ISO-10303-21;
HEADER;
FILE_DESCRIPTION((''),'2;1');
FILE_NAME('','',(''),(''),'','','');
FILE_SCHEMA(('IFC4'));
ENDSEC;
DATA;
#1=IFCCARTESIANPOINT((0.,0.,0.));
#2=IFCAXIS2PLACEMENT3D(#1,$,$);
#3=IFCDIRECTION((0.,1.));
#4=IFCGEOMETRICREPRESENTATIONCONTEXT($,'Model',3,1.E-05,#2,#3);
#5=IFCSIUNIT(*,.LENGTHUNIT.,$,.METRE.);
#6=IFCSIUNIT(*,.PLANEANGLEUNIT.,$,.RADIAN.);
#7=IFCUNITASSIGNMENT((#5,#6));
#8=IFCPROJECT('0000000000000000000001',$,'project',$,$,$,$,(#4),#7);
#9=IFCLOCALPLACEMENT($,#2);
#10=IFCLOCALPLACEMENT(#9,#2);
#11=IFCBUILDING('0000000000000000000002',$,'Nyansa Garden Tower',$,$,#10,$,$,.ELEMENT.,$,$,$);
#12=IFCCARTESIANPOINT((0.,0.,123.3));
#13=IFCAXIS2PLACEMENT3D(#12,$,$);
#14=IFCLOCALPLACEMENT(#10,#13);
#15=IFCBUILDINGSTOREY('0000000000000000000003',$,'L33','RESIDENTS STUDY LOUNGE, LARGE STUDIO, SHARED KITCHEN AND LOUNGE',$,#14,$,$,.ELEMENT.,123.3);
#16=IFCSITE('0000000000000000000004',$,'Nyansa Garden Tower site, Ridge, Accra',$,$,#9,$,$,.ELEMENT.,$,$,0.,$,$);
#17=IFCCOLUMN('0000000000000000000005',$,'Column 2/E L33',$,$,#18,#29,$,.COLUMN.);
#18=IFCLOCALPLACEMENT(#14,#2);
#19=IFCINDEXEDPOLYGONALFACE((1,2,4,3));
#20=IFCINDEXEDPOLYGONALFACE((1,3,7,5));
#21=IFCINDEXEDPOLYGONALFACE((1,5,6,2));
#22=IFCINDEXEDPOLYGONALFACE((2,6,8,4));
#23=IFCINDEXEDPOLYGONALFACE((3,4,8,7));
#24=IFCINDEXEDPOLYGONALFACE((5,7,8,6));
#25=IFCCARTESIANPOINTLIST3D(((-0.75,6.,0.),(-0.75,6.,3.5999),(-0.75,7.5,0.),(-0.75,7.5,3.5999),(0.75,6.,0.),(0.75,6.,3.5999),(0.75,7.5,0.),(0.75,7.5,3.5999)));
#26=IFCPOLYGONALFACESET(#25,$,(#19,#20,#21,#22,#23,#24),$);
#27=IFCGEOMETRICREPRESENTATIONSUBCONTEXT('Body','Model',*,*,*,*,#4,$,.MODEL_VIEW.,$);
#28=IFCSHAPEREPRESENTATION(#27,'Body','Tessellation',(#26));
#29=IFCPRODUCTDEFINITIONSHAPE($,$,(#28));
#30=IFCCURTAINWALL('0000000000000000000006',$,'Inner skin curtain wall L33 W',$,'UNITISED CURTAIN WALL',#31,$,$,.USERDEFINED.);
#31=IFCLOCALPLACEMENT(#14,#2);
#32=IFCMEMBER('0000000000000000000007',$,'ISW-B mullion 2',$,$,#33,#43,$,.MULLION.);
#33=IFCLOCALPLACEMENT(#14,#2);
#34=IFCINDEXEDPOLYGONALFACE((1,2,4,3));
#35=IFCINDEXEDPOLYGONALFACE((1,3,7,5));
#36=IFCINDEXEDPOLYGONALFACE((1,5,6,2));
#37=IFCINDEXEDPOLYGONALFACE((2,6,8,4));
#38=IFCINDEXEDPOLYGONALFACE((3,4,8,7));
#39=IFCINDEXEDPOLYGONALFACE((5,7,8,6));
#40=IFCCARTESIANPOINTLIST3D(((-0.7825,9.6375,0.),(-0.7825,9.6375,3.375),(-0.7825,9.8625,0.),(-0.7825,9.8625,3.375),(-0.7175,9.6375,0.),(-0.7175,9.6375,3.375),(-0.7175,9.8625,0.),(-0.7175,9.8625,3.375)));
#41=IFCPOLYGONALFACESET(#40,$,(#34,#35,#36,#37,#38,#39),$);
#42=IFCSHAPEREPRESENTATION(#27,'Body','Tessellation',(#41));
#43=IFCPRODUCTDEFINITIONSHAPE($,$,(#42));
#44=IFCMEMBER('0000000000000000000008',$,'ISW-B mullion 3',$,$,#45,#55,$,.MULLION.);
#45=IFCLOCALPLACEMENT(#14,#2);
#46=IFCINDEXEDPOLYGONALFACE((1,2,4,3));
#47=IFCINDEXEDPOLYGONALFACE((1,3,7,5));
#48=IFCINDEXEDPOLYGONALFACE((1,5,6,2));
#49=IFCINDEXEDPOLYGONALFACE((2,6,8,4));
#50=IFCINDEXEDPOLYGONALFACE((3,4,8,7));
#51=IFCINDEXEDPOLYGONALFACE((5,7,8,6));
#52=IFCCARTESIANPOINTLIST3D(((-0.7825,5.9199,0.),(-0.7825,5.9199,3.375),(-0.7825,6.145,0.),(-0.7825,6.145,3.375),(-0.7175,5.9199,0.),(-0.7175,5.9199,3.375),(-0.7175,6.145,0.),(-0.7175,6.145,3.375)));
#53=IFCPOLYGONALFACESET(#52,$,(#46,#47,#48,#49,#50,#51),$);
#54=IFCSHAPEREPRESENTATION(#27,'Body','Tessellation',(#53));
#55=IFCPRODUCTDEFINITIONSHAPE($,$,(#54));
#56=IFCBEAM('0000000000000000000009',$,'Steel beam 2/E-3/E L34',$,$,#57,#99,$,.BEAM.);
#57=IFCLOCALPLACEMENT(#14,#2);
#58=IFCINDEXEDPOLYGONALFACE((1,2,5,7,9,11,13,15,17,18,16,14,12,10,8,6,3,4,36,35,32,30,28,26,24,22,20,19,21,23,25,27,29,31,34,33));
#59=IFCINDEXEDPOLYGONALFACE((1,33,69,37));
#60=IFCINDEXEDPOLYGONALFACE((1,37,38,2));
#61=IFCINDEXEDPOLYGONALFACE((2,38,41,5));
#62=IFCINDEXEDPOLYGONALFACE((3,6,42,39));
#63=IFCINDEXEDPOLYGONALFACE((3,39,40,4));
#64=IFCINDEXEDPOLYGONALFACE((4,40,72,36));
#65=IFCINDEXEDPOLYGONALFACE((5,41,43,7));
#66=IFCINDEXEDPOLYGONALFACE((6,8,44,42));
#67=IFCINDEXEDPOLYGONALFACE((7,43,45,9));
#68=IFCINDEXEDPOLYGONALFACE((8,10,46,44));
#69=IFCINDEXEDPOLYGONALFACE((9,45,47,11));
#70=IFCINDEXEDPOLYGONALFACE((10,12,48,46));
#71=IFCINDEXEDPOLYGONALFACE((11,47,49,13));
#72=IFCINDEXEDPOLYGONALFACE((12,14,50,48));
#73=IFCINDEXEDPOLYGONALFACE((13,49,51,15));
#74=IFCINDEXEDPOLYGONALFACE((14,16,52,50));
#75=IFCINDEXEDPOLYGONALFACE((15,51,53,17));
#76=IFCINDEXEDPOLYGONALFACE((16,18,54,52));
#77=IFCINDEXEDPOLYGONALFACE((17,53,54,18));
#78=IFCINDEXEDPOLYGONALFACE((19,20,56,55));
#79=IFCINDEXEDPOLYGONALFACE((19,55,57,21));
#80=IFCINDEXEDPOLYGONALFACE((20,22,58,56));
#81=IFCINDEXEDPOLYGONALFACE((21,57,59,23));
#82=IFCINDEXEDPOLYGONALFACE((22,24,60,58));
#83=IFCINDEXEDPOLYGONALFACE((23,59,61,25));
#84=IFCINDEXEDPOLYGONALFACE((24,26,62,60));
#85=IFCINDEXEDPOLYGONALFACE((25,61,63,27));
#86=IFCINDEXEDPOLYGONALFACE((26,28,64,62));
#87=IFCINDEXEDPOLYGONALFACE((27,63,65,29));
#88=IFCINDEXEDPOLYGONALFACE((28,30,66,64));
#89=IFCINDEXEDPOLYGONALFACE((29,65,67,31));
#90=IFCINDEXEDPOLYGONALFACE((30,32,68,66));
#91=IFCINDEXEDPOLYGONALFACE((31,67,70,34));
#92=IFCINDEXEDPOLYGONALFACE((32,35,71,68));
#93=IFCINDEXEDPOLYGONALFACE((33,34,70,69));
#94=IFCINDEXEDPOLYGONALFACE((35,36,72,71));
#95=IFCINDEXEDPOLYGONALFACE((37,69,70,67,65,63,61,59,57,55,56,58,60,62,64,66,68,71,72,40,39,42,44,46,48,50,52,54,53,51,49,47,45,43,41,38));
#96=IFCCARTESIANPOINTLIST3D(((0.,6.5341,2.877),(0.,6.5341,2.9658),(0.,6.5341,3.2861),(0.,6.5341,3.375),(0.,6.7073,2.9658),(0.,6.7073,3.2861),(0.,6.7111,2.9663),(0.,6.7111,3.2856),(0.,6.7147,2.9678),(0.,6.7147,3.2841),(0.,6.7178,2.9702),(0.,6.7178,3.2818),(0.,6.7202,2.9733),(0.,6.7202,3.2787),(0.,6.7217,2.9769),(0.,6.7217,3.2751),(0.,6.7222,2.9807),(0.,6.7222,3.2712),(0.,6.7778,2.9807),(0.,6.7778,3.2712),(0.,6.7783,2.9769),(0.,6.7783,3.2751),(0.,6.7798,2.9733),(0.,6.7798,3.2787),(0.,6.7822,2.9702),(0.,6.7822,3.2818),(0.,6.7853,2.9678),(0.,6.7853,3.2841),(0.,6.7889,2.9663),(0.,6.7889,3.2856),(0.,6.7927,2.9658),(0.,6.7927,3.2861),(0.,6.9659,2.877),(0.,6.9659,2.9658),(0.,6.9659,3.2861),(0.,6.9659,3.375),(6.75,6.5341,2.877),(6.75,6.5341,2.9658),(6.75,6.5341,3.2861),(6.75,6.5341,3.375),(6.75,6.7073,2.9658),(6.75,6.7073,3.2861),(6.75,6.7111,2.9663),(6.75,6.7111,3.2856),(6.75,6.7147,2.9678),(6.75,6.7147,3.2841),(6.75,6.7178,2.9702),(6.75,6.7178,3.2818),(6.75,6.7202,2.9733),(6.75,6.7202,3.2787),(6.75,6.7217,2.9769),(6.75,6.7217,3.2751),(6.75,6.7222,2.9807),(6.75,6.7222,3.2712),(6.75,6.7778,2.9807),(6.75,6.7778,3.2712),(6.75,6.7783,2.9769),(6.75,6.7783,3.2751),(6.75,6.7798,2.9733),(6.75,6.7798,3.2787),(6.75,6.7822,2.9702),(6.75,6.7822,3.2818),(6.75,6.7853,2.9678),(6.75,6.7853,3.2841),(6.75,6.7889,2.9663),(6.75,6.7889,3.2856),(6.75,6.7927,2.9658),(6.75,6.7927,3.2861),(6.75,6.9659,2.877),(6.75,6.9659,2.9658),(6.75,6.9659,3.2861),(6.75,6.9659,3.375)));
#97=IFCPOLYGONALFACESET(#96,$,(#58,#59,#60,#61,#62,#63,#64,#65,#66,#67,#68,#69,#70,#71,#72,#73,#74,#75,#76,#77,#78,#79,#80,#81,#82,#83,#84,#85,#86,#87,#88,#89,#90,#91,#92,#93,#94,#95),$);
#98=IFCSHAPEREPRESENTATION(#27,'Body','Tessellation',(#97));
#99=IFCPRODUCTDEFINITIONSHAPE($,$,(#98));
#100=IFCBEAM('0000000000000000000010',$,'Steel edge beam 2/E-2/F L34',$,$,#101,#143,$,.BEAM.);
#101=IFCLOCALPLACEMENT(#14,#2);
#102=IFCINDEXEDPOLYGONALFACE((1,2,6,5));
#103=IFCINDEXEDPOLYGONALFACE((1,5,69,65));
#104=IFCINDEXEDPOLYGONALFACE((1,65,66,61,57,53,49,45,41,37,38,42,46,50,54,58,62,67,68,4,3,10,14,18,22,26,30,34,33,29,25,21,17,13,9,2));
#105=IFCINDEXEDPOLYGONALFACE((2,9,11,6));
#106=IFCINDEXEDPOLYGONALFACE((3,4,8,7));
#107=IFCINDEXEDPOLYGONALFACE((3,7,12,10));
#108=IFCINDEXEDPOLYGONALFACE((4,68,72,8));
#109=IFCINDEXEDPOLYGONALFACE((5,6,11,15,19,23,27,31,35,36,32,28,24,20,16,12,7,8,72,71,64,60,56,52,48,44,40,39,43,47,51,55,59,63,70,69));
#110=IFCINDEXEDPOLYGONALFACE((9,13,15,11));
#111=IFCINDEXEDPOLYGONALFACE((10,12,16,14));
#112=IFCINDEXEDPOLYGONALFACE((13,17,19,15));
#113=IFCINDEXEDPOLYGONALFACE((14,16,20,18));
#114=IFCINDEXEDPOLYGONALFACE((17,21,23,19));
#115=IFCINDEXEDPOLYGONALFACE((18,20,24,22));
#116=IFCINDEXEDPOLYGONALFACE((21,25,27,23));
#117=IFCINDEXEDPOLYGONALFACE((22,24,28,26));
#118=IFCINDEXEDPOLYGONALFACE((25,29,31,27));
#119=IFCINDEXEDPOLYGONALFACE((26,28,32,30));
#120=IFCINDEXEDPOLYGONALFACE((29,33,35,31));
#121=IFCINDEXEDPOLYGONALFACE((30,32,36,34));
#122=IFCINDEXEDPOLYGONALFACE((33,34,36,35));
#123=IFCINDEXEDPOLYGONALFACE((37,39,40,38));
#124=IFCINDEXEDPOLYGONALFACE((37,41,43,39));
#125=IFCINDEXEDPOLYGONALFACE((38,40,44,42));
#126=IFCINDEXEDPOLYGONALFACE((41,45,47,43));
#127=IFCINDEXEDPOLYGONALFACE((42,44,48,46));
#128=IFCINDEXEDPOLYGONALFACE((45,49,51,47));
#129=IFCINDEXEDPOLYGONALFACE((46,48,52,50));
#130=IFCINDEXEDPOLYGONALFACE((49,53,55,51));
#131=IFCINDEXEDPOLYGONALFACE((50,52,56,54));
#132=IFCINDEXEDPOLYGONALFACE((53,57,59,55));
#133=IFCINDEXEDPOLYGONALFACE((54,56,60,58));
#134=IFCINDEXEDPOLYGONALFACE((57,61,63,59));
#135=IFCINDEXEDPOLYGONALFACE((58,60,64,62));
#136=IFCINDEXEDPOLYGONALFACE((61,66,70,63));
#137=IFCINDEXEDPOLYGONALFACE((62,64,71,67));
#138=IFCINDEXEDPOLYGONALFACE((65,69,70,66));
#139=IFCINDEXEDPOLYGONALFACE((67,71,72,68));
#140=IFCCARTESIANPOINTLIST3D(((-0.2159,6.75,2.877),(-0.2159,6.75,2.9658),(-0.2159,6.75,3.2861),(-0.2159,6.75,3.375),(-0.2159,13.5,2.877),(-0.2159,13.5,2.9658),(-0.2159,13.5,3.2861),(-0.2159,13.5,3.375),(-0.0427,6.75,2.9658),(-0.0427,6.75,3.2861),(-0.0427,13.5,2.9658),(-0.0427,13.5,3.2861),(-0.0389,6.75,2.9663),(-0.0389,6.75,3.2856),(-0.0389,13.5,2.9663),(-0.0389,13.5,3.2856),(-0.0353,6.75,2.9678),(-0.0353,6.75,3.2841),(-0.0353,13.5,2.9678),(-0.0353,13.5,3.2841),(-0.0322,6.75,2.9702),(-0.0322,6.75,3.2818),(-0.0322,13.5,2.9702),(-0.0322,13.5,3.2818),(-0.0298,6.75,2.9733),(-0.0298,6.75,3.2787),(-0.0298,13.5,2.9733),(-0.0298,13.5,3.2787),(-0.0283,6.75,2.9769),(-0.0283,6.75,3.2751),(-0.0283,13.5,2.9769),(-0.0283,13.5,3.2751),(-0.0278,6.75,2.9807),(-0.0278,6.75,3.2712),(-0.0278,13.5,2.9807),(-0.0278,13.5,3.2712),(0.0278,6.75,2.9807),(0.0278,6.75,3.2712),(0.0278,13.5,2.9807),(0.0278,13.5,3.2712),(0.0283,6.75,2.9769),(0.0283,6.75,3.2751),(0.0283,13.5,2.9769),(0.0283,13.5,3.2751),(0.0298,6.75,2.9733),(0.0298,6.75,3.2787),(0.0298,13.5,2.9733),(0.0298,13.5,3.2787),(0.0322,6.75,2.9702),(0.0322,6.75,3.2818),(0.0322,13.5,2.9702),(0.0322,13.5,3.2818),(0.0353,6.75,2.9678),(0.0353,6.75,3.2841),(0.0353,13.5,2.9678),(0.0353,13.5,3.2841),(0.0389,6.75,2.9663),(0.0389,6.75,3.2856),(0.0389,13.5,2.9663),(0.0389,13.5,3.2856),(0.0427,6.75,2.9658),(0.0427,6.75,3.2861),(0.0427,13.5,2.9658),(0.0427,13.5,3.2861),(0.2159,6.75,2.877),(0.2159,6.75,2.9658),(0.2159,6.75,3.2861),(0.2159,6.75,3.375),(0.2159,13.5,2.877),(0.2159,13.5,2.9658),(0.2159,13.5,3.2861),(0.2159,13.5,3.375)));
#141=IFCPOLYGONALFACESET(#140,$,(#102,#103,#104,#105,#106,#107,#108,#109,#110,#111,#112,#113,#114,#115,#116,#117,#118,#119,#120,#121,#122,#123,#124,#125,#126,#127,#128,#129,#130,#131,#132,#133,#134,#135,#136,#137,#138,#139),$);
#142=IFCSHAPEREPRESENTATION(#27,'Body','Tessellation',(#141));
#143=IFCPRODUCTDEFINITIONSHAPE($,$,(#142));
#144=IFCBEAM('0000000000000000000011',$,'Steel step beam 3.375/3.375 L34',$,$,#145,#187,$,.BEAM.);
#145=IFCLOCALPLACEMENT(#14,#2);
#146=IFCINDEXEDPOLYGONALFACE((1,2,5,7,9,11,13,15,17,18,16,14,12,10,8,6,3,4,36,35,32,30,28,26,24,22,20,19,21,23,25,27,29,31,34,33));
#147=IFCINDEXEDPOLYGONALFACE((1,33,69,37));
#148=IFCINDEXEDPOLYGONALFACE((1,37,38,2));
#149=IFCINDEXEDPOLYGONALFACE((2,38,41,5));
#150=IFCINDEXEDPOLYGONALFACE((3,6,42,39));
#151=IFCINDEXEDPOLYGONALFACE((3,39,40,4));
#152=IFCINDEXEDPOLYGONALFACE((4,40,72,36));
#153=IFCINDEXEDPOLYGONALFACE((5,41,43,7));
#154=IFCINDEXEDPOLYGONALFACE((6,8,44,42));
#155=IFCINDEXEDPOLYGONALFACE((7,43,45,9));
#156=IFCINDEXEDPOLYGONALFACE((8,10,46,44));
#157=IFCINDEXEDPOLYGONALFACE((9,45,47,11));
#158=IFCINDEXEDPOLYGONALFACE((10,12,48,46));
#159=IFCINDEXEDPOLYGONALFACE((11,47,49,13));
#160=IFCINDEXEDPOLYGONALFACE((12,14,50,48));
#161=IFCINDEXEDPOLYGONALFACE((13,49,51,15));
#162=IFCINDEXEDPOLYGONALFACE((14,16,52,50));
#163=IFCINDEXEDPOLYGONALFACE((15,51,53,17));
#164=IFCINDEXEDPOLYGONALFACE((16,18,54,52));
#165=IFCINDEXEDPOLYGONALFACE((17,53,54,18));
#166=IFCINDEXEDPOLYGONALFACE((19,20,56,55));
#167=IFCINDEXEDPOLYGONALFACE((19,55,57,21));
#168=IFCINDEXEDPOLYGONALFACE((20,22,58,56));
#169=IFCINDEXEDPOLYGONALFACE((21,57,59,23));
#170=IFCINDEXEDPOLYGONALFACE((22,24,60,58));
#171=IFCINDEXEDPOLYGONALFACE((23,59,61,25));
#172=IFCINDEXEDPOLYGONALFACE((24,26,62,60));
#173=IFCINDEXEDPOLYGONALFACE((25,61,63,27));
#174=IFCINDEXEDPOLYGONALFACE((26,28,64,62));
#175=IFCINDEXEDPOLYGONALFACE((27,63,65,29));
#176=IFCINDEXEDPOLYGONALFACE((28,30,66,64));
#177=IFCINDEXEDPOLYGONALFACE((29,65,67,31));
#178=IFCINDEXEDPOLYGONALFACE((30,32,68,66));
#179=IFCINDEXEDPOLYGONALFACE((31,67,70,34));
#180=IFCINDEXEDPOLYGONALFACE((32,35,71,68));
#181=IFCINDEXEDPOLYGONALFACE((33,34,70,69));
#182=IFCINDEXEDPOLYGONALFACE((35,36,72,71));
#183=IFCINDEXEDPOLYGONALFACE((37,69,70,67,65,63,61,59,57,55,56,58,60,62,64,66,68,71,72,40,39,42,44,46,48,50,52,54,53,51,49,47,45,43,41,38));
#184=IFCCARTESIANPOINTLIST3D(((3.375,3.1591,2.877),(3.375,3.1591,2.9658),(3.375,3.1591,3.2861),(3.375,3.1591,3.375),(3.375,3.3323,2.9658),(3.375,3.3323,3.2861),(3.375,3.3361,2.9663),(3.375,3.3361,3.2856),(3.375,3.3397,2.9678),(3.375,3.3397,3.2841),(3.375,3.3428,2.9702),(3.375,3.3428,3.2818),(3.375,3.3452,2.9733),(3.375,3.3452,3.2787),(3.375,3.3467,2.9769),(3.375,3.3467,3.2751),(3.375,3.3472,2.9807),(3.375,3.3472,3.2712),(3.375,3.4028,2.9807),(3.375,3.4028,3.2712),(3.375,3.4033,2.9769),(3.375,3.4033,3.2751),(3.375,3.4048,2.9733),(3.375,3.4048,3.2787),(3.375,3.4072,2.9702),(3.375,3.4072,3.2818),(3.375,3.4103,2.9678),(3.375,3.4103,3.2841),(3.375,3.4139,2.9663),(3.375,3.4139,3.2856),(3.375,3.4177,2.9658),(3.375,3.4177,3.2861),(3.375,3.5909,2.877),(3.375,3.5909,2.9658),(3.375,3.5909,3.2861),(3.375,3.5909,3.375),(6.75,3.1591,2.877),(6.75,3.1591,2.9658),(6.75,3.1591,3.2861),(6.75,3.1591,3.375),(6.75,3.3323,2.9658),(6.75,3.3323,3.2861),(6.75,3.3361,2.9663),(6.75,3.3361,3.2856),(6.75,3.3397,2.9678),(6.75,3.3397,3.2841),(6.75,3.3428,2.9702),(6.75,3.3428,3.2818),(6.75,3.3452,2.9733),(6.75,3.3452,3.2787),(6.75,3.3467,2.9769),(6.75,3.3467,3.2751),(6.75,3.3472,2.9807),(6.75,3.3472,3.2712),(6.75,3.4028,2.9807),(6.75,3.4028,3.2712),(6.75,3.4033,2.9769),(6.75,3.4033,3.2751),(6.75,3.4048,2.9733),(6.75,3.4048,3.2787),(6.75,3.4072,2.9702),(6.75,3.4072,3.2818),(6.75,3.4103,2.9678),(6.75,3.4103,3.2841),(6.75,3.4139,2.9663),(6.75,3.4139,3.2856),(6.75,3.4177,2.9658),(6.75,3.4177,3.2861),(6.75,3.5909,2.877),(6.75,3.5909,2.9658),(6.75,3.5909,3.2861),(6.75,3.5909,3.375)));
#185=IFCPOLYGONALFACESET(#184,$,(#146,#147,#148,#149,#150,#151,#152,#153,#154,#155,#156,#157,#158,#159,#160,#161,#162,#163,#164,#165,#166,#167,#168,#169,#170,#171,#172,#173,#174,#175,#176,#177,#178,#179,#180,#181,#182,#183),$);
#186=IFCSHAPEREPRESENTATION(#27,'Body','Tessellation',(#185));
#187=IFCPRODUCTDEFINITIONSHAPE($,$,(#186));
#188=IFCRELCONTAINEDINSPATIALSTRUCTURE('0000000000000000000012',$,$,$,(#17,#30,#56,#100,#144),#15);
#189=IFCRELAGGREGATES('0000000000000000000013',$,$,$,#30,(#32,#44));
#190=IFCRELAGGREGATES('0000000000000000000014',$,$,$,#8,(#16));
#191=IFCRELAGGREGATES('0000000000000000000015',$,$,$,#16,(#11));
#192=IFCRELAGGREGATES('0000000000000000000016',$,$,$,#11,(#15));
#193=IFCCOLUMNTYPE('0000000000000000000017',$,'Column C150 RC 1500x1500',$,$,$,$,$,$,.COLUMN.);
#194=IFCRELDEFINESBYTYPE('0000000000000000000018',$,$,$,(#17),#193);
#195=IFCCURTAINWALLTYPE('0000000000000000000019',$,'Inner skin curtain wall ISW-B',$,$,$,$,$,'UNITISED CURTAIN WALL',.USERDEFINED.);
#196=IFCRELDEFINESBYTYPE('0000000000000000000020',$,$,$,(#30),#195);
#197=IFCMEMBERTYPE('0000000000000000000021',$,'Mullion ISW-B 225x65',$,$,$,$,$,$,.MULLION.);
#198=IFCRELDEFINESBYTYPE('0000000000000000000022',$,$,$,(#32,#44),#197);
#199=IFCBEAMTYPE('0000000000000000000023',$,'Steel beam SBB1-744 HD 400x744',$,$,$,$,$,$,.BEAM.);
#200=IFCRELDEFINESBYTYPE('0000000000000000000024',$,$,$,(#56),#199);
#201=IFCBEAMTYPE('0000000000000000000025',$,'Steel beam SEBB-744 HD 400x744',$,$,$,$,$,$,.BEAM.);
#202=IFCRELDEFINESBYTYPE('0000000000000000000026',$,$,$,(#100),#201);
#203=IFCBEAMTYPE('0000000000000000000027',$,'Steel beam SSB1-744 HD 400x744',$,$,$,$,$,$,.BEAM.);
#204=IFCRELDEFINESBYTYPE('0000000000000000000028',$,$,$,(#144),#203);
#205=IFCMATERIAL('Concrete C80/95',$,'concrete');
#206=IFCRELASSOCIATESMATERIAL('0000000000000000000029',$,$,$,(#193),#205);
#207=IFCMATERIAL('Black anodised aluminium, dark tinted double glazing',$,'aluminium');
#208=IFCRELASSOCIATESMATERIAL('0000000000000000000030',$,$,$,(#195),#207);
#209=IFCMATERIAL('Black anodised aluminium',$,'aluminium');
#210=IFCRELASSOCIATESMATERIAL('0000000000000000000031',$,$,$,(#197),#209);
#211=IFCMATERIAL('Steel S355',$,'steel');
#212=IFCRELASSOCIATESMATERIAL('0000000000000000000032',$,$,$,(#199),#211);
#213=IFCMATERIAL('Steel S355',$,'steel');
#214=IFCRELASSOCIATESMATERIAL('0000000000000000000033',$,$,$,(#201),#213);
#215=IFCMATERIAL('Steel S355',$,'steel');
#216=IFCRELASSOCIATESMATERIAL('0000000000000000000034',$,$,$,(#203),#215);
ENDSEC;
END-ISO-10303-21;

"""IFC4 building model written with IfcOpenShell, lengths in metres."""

from ifc_helpers import new_model, si_unit, direction, frame, origin, origin_2d, place, context, subcontext, project, spatial, rectangle, i_section, extrude, material, material_profile, profile_set, type_object, element, aggregate, save


model = new_model("IFC4")

# Units and contexts
model_context = context("Model", 3, precision=1e-05, world=origin(), true_north=direction((0.0, 1.0)))
body_context = subcontext(model_context, "Body", "Model", "MODEL_VIEW")
ifc_project = project(units=[si_unit("LENGTHUNIT", "METRE"), si_unit("PLANEANGLEUNIT", "RADIAN")], contexts=[model_context])

# Site, building, storey
site_placement = place(None, origin())
site = spatial("IfcSite", under=ifc_project, at=site_placement, Name="Nyansa Garden Tower site, Ridge, Accra", CompositionType="ELEMENT", RefElevation=0.0)
building_placement = place(site_placement, origin())
building = spatial("IfcBuilding", under=site, at=building_placement, Name="Nyansa Garden Tower", CompositionType="ELEMENT")
storey_placement = place(building_placement, frame((0.0, 0.0, 123.3)))
storey = spatial("IfcBuildingStorey", under=building, at=storey_placement, Name="L33", Description="RESIDENTS STUDY LOUNGE, LARGE STUDIO, SHARED KITCHEN AND LOUNGE", CompositionType="ELEMENT", Elevation=123.3)

# Column
ifc_material_1 = material(Name="Concrete C80/95", Category="concrete")
ifc_material_profile_1 = material_profile(ifc_material_1, rectangle(XDim=1.5, YDim=1.5, at=origin_2d()), Name="RC 1500x1500")
ifc_profile_set_1 = profile_set([ifc_material_profile_1], Name="Concrete C80/95")
column_type = type_object("IfcColumnType", Name="Column C150 RC 1500x1500", PredefinedType="COLUMN", material=ifc_profile_set_1)
column_placement = place(storey_placement, frame((0.0, 6.75, 0.0), z_axis=(0.0, 0.0, 1.0), x_axis=(1.0, 0.0, 0.0)))
element("IfcColumn", 1, at=column_placement, inside=storey, type_object=column_type, Name="Column 2/E L33", PredefinedType="COLUMN", context=body_context, shape_type="SweptSolid", body=[
    extrude(rectangle(XDim=1.5, YDim=1.5, at=origin_2d()), origin(), (0.0, 0.0, 1.0), 3.5999),
])

# Curtain wall, members
ifc_material_2 = material(Name="Black anodised aluminium, dark tinted double glazing", Category="aluminium")
curtain_wall_type = type_object("IfcCurtainWallType", Name="Inner skin curtain wall ISW-B", ElementType="UNITISED CURTAIN WALL", PredefinedType="USERDEFINED", material=ifc_material_2)
curtain_wall_placement = place(storey_placement, origin())
curtain_wall = element("IfcCurtainWall", 2, at=curtain_wall_placement, inside=storey, type_object=curtain_wall_type, Name="Inner skin curtain wall L33 W", ObjectType="UNITISED CURTAIN WALL", PredefinedType="USERDEFINED")
ifc_material_3 = material(Name="Black anodised aluminium", Category="aluminium")
ifc_material_profile_2 = material_profile(ifc_material_3, rectangle(XDim=0.0649, YDim=0.2251, at=origin_2d()), Name="Mullion 225x65")
ifc_profile_set_2 = profile_set([ifc_material_profile_2], Name="Black anodised aluminium")
member_type_1 = type_object("IfcMemberType", Name="Mullion ISW-B 225x65", PredefinedType="MULLION", material=ifc_profile_set_2)
member_1_placement = place(storey_placement, frame((-0.75, 9.75, 0.0), z_axis=(0.0, 0.0, 1.0), x_axis=(1.0, 0.0, 0.0)))
member_1 = element("IfcMember", 3, at=member_1_placement, type_object=member_type_1, Name="ISW-B mullion 2", PredefinedType="MULLION", context=body_context, shape_type="SweptSolid", body=[
    extrude(rectangle(XDim=0.0649, YDim=0.2251, at=origin_2d()), origin(), (0.0, 0.0, 1.0), 3.375),
])
member_2_placement = place(storey_placement, frame((-0.75, 6.0325, 0.0), z_axis=(0.0, 0.0, 1.0), x_axis=(1.0, 0.0, 0.0)))
member_2 = element("IfcMember", 4, at=member_2_placement, type_object=member_type_1, Name="ISW-B mullion 3", PredefinedType="MULLION", context=body_context, shape_type="SweptSolid", body=[
    extrude(rectangle(XDim=0.0649, YDim=0.2251, at=origin_2d()), origin(), (0.0, 0.0, 1.0), 3.375),
])

# Beams
ifc_material_4 = material(Name="Steel S355", Category="steel")
ifc_material_profile_3 = material_profile(ifc_material_4, i_section(OverallWidth=0.4319, OverallDepth=0.498, WebThickness=0.0557, FlangeThickness=0.0889, FilletRadius=0.0149, at=origin_2d()), Name="HD 400x744")
ifc_profile_set_3 = profile_set([ifc_material_profile_3], Name="Steel S355")
beam_type_1 = type_object("IfcBeamType", Name="Steel beam SBB1-744 HD 400x744", PredefinedType="BEAM", material=ifc_profile_set_3)
beam_1_placement = place(storey_placement, frame((0.0, 6.75, 3.126), z_axis=(1.0, 0.0, 0.0), x_axis=(0.0, 1.0, 0.0)))
element("IfcBeam", 5, at=beam_1_placement, inside=storey, type_object=beam_type_1, Name="Steel beam 2/E-3/E L34", PredefinedType="BEAM", context=body_context, shape_type="SweptSolid", body=[
    extrude(i_section(OverallWidth=0.4319, OverallDepth=0.498, WebThickness=0.0557, FlangeThickness=0.0889, FilletRadius=0.0149, at=origin_2d()), origin(), (0.0, 0.0, 1.0), 6.75),
])
ifc_material_5 = material(Name="Steel S355", Category="steel")
ifc_material_profile_4 = material_profile(ifc_material_5, i_section(OverallWidth=0.4319, OverallDepth=0.498, WebThickness=0.0557, FlangeThickness=0.0889, FilletRadius=0.0149, at=origin_2d()), Name="HD 400x744")
ifc_profile_set_4 = profile_set([ifc_material_profile_4], Name="Steel S355")
beam_type_2 = type_object("IfcBeamType", Name="Steel beam SEBB-744 HD 400x744", PredefinedType="BEAM", material=ifc_profile_set_4)
beam_2_placement = place(storey_placement, frame((0.0, 6.75, 3.126), z_axis=(0.0, 1.0, 0.0), x_axis=(-1.0, 0.0, 0.0)))
element("IfcBeam", 6, at=beam_2_placement, inside=storey, type_object=beam_type_2, Name="Steel edge beam 2/E-2/F L34", PredefinedType="BEAM", context=body_context, shape_type="SweptSolid", body=[
    extrude(i_section(OverallWidth=0.4319, OverallDepth=0.498, WebThickness=0.0557, FlangeThickness=0.0889, FilletRadius=0.0149, at=origin_2d()), origin(), (0.0, 0.0, 1.0), 6.75),
])
ifc_material_6 = material(Name="Steel S355", Category="steel")
ifc_material_profile_5 = material_profile(ifc_material_6, i_section(OverallWidth=0.4319, OverallDepth=0.498, WebThickness=0.0557, FlangeThickness=0.0889, FilletRadius=0.0149, at=origin_2d()), Name="HD 400x744")
ifc_profile_set_5 = profile_set([ifc_material_profile_5], Name="Steel S355")
beam_type_3 = type_object("IfcBeamType", Name="Steel beam SSB1-744 HD 400x744", PredefinedType="BEAM", material=ifc_profile_set_5)
beam_3_placement = place(storey_placement, frame((3.375, 3.375, 3.126), z_axis=(1.0, 0.0, 0.0), x_axis=(0.0, 1.0, 0.0)))
element("IfcBeam", 7, at=beam_3_placement, inside=storey, type_object=beam_type_3, Name="Steel step beam 3.375/3.375 L34", PredefinedType="BEAM", context=body_context, shape_type="SweptSolid", body=[
    extrude(i_section(OverallWidth=0.4319, OverallDepth=0.498, WebThickness=0.0557, FlangeThickness=0.0889, FilletRadius=0.0149, at=origin_2d()), origin(), (0.0, 0.0, 1.0), 3.375),
])

aggregate(curtain_wall, [member_1, member_2])

save(model, "model.ifc")
